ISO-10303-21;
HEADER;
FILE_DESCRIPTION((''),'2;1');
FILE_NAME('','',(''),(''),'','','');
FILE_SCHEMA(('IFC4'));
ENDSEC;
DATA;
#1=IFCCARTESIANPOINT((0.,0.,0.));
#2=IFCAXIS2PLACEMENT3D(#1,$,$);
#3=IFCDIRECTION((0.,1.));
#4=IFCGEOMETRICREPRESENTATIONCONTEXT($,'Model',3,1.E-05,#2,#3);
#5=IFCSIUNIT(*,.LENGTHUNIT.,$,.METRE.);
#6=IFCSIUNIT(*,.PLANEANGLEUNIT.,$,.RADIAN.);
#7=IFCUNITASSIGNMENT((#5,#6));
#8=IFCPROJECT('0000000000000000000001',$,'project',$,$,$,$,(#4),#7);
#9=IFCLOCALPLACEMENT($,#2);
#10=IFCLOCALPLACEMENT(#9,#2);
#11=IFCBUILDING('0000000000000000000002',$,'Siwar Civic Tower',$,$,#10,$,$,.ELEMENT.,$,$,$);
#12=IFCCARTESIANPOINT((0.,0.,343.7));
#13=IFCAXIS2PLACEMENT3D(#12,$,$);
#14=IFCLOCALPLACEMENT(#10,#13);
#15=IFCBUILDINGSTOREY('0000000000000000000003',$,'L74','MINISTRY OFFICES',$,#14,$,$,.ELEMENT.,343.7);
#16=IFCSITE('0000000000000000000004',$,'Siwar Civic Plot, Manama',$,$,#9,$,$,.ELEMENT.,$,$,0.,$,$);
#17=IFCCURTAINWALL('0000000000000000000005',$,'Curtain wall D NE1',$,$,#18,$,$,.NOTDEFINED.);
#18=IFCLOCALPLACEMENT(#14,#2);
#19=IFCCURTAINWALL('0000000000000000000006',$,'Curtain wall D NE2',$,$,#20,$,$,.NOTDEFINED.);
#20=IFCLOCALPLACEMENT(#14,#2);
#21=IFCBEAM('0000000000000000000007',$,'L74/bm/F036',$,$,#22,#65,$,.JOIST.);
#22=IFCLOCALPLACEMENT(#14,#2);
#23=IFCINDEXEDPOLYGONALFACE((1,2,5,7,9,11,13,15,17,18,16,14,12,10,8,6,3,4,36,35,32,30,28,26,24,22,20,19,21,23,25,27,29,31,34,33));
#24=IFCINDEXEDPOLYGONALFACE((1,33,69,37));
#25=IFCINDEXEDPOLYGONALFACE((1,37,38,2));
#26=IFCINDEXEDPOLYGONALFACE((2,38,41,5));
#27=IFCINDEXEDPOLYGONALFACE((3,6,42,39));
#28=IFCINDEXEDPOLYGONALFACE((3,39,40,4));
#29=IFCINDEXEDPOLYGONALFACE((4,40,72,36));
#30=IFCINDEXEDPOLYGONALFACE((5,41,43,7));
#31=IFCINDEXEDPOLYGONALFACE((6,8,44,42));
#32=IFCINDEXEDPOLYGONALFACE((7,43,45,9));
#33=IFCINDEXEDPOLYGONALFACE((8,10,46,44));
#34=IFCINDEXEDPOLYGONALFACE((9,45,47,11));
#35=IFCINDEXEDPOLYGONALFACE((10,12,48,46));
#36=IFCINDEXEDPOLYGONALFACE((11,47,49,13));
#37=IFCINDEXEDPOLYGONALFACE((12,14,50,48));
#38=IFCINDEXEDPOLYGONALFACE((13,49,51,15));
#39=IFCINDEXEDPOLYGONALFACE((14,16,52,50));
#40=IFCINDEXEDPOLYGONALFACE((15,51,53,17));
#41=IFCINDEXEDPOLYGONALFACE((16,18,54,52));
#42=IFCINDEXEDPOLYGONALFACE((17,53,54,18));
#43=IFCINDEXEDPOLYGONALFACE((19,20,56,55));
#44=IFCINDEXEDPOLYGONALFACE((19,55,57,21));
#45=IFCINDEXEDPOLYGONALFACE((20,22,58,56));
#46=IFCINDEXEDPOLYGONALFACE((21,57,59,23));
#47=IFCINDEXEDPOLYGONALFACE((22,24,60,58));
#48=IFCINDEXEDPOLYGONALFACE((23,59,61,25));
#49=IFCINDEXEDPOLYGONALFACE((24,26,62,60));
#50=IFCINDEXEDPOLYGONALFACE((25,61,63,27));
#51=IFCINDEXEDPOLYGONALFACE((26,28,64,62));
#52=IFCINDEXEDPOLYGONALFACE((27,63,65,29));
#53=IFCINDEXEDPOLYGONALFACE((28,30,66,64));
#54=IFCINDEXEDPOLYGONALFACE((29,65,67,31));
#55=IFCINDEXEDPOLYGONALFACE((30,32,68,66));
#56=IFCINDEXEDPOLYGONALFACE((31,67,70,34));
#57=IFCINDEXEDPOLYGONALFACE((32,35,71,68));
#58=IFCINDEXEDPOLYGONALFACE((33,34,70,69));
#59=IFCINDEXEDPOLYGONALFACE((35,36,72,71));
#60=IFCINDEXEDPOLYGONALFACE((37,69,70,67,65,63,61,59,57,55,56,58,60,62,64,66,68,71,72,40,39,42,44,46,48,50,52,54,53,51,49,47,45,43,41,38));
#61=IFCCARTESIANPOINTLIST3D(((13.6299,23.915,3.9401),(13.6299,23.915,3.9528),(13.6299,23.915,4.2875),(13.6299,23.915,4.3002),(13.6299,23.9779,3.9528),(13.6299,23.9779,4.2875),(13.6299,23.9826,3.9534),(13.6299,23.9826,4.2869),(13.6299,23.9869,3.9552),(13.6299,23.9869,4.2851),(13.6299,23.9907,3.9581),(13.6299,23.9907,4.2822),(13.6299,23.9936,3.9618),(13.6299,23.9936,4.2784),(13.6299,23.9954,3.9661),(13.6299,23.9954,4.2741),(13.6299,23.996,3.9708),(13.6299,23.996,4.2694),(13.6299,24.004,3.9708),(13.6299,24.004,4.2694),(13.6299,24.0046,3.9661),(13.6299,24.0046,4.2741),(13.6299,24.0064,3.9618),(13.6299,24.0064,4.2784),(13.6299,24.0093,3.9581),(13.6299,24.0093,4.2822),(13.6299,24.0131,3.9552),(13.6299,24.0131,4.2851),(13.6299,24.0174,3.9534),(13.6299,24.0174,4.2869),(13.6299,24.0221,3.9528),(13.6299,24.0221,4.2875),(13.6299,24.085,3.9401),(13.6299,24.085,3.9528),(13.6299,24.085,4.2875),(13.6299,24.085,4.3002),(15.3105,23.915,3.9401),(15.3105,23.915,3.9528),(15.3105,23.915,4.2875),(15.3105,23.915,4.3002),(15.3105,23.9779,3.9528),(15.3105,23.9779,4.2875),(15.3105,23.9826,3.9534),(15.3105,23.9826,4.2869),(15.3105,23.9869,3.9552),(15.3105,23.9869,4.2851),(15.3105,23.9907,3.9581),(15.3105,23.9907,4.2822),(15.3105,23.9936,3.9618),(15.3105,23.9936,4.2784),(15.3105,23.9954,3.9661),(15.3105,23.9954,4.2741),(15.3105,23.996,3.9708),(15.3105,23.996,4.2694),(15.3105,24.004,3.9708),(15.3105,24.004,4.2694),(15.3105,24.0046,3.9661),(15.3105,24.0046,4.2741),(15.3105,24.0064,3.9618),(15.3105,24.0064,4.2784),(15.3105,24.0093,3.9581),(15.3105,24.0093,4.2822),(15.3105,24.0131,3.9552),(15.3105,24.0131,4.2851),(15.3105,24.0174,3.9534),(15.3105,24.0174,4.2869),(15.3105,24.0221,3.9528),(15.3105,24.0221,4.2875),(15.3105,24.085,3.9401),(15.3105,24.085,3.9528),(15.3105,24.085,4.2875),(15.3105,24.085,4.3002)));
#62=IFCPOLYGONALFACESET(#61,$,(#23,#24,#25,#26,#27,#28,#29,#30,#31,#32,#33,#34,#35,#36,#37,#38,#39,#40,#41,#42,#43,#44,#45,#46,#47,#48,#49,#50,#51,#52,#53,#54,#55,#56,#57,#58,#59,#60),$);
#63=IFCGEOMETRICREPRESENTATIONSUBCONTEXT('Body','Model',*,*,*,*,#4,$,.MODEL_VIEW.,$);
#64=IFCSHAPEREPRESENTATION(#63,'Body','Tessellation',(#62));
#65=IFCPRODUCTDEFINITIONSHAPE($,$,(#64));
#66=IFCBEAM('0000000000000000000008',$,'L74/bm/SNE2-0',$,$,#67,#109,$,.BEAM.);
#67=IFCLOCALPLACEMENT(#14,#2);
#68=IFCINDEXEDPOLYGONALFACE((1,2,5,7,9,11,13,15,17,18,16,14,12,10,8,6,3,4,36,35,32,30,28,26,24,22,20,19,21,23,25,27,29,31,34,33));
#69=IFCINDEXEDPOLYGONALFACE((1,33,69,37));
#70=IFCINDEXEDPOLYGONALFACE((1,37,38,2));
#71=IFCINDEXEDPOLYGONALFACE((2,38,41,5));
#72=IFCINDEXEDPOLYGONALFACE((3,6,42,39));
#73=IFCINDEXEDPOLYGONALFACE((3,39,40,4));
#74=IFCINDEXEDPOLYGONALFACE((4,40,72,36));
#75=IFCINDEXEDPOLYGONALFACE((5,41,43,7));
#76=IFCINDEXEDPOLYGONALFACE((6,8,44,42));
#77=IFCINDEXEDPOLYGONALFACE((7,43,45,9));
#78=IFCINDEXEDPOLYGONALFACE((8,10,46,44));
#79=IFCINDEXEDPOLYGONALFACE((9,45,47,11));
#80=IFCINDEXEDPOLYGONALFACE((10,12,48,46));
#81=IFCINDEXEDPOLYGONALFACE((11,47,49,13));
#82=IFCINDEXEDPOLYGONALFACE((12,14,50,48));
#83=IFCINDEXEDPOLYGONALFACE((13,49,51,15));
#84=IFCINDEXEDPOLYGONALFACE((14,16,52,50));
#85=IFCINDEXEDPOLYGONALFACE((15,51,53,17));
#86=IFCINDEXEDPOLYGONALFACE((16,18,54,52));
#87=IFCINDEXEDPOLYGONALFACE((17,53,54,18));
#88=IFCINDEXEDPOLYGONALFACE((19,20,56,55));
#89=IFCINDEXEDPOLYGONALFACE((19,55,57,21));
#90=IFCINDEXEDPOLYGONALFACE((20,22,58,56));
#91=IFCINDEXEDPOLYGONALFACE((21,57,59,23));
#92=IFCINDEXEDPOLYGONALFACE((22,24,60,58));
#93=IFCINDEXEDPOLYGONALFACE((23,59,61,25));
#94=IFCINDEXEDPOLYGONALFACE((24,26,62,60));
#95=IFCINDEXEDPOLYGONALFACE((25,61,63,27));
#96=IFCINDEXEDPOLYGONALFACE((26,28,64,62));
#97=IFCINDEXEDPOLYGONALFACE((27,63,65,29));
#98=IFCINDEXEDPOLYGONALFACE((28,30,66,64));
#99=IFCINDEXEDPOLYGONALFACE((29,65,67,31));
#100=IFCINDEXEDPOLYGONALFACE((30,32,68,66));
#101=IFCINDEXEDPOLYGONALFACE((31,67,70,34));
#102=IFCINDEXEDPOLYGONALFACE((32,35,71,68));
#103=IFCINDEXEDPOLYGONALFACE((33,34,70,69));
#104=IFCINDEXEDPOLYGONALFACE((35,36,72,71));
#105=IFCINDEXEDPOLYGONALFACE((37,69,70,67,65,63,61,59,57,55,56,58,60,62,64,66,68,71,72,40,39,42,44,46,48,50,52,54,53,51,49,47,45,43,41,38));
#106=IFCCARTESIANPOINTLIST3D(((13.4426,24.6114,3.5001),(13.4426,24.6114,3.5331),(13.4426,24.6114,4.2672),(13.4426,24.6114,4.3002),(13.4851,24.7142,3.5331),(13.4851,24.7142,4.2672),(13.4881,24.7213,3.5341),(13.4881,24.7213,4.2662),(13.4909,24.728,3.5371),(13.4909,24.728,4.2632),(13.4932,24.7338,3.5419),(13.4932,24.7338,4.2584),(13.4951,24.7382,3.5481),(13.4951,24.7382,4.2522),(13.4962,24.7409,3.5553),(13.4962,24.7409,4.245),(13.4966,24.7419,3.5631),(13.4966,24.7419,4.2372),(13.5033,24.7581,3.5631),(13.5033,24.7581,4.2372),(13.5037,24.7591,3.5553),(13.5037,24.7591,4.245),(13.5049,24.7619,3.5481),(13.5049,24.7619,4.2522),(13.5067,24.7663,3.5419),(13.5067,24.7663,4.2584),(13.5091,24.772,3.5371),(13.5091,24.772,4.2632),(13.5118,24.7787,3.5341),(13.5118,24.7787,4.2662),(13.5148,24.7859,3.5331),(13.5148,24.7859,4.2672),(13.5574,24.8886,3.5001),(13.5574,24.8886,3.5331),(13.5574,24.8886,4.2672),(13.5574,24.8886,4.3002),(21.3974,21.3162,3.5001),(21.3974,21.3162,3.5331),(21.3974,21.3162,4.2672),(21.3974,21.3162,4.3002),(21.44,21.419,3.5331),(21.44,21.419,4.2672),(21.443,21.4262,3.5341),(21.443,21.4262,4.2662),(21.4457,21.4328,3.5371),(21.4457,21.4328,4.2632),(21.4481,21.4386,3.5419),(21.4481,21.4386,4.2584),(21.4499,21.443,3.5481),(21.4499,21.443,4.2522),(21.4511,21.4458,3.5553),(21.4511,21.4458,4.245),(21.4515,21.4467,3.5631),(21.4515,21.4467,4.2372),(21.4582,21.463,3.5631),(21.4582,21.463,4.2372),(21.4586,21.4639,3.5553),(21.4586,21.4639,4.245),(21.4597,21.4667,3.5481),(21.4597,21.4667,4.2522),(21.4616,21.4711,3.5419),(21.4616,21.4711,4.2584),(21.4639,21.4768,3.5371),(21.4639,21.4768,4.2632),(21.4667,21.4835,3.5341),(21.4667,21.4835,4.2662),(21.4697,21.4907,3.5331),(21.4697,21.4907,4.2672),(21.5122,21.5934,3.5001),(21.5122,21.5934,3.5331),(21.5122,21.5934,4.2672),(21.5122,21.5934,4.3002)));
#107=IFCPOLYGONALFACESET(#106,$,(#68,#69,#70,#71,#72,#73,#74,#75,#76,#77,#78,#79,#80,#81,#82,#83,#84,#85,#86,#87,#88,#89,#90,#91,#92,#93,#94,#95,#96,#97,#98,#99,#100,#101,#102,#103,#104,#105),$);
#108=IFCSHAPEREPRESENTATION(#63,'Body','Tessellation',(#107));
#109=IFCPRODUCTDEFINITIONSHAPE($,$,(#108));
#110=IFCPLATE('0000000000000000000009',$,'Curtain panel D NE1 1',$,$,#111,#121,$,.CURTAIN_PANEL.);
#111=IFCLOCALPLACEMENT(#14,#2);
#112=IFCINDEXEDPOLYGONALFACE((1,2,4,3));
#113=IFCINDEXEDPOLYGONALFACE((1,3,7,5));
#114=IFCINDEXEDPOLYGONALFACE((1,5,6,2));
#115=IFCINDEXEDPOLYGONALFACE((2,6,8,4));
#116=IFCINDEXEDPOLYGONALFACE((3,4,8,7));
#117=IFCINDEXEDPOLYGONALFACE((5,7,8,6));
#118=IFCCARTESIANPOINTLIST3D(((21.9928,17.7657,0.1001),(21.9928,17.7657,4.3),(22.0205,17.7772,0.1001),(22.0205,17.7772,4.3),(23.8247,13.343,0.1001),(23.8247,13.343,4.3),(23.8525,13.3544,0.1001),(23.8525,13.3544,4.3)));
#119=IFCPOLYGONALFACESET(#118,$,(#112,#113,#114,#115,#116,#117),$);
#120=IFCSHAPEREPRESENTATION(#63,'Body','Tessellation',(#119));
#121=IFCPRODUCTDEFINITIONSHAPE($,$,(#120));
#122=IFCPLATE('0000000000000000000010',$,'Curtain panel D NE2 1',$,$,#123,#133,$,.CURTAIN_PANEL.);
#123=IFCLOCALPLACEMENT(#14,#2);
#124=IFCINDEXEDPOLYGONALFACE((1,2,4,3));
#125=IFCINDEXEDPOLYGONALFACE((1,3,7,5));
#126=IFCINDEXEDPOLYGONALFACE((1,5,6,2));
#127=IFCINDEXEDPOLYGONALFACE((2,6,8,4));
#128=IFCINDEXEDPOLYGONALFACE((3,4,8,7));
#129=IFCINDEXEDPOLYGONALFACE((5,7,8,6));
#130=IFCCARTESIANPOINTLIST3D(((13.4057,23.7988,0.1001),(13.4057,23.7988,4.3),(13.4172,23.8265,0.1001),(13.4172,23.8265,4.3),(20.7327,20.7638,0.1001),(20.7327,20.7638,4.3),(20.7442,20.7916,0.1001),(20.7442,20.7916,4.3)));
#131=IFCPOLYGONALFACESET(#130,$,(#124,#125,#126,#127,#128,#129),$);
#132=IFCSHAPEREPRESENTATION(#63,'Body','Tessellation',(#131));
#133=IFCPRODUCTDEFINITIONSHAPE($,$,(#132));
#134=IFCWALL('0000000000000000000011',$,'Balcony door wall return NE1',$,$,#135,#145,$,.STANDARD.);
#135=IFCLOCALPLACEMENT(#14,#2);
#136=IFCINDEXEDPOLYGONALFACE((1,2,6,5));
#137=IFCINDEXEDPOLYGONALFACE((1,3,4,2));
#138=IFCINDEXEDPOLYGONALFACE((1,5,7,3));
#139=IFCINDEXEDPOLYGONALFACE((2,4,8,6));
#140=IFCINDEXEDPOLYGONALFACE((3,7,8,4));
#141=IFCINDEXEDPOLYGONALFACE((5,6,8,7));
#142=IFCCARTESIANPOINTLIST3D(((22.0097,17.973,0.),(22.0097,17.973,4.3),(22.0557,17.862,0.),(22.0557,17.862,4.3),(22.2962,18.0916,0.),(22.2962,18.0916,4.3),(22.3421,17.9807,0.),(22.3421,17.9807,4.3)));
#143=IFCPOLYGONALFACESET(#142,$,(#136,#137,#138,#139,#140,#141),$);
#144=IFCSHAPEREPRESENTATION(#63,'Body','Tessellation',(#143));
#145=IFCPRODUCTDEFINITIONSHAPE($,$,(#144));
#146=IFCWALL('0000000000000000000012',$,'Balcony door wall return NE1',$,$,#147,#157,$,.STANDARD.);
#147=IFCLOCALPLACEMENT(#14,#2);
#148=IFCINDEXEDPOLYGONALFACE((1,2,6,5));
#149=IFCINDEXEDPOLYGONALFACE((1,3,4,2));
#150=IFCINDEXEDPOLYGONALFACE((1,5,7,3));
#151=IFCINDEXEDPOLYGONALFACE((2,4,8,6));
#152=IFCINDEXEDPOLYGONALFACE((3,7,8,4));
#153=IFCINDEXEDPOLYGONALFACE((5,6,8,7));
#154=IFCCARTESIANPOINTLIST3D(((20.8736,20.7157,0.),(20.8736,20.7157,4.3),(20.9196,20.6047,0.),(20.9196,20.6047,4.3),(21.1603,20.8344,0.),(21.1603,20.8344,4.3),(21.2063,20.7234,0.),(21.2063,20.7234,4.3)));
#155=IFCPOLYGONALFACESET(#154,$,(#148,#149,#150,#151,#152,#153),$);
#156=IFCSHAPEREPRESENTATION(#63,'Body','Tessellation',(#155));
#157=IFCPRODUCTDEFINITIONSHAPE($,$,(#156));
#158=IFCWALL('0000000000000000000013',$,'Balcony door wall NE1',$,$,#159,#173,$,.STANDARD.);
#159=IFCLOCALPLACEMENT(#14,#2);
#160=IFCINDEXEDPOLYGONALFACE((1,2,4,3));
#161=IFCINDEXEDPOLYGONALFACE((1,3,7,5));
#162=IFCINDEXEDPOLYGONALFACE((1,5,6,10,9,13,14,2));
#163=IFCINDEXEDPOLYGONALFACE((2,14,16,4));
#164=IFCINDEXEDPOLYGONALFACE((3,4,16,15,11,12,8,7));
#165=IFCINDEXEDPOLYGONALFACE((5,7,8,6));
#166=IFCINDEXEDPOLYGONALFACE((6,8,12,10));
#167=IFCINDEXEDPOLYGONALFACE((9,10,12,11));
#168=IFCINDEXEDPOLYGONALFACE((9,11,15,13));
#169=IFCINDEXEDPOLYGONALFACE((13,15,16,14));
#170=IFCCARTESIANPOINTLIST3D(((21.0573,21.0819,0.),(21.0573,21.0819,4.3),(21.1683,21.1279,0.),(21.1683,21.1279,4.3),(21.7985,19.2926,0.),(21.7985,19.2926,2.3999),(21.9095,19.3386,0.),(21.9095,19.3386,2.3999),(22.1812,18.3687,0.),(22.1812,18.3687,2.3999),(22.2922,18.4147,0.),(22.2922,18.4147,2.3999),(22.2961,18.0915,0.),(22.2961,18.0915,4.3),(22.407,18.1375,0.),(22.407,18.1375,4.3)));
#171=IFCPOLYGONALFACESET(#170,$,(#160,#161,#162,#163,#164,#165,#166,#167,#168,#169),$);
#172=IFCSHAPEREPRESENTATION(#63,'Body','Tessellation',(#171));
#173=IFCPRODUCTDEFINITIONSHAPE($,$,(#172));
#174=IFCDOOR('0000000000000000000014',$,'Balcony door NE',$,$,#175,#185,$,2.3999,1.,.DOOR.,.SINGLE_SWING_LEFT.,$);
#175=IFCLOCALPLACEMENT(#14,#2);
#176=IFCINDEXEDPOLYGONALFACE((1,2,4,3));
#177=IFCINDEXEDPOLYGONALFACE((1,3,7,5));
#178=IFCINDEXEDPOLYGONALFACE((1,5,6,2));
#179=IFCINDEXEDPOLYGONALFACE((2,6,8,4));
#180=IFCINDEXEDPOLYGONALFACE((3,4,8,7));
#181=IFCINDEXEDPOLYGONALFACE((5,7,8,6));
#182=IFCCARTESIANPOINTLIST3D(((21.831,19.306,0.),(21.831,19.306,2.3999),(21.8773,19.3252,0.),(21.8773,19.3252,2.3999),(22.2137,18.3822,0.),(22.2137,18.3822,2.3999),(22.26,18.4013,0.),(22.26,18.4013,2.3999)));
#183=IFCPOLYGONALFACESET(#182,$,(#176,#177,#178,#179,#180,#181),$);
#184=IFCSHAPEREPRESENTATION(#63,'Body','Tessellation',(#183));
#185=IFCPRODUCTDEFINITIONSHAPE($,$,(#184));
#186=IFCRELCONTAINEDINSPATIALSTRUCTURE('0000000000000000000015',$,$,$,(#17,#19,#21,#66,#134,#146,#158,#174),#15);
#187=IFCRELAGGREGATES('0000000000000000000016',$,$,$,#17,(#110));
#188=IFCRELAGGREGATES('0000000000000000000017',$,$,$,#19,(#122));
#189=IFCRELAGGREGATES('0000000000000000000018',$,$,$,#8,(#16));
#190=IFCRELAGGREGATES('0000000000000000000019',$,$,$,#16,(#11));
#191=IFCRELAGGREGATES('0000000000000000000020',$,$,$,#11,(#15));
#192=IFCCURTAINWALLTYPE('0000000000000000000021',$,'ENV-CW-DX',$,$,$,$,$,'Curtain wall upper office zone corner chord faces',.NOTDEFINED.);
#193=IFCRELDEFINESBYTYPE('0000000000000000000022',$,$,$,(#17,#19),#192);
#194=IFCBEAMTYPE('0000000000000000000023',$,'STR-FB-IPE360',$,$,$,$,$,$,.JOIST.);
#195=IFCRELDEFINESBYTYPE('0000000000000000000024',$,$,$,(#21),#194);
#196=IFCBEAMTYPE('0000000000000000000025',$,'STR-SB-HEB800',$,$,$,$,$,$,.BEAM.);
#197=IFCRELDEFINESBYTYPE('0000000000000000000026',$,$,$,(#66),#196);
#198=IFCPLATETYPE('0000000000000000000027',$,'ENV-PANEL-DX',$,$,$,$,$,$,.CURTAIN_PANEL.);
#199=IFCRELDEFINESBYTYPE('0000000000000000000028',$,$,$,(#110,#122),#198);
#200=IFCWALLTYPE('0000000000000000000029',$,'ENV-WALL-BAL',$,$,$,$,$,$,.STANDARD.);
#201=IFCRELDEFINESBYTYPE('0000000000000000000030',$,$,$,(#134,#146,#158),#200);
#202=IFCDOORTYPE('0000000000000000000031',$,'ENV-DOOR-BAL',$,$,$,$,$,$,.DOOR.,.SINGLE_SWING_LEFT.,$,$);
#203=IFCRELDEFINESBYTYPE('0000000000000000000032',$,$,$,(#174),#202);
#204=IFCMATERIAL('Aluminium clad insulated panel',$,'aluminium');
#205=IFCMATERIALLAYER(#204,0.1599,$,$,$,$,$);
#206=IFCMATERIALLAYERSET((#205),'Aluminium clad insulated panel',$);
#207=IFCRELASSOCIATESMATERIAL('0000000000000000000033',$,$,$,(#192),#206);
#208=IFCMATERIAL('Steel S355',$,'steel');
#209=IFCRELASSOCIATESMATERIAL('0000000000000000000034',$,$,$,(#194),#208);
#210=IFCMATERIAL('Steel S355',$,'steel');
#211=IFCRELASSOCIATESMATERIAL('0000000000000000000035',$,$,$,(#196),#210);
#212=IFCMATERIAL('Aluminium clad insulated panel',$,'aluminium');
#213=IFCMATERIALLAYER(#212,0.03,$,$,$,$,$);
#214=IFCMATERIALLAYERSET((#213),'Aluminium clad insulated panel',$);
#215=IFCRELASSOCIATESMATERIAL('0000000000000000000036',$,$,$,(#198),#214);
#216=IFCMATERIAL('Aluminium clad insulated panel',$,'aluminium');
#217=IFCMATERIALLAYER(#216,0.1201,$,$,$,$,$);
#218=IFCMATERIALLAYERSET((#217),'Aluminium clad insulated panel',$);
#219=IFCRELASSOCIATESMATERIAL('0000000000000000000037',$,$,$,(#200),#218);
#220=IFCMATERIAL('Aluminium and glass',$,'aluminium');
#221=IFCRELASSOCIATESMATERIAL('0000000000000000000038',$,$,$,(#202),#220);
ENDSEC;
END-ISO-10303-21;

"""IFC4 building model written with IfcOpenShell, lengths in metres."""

from ifc_helpers import new_model, si_unit, direction, frame, frame_2d, origin, origin_2d, place, context, subcontext, project, spatial, rectangle, i_section, extrude, material, layer, layer_set, material_profile, profile_set, type_object, element, fill, aggregate, save


model = new_model("IFC4")

# Units and contexts
model_context = context("Model", 3, precision=1e-05, world=origin(), true_north=direction((0.0, 1.0)))
body_context = subcontext(model_context, "Body", "Model", "MODEL_VIEW")
ifc_project = project(units=[si_unit("LENGTHUNIT", "METRE"), si_unit("PLANEANGLEUNIT", "RADIAN")], contexts=[model_context])

# Site, building, storey
site_placement = place(None, origin())
site = spatial("IfcSite", under=ifc_project, at=site_placement, Name="Siwar Civic Plot, Manama", CompositionType="ELEMENT", RefElevation=0.0)
building_placement = place(site_placement, origin())
building = spatial("IfcBuilding", under=site, at=building_placement, Name="Siwar Civic Tower", CompositionType="ELEMENT")
storey_placement = place(building_placement, frame((0.0, 0.0, 343.7)))
storey = spatial("IfcBuildingStorey", under=building, at=storey_placement, Name="L74", Description="MINISTRY OFFICES", CompositionType="ELEMENT", Elevation=343.7)

# Curtain wall
ifc_material_1 = material(Name="Aluminium clad insulated panel", Category="aluminium")
ifc_layer_1 = layer(ifc_material_1, 0.1599)
ifc_layer_set_1 = layer_set([ifc_layer_1], Name="Aluminium clad insulated panel")
curtain_wall_type = type_object("IfcCurtainWallType", Name="ENV-CW-DX", ElementType="Curtain wall upper office zone corner chord faces", PredefinedType="NOTDEFINED", material=ifc_layer_set_1)
curtain_wall_1_placement = place(storey_placement, origin())
curtain_wall_1 = element("IfcCurtainWall", 1, at=curtain_wall_1_placement, inside=storey, type_object=curtain_wall_type, Name="Curtain wall D NE1", PredefinedType="NOTDEFINED")

# Curtain wall
curtain_wall_2_placement = place(storey_placement, origin())
curtain_wall_2 = element("IfcCurtainWall", 2, at=curtain_wall_2_placement, inside=storey, type_object=curtain_wall_type, Name="Curtain wall D NE2", PredefinedType="NOTDEFINED")

# Beams
ifc_material_2 = material(Name="Steel S355", Category="steel")
ifc_material_profile_1 = material_profile(ifc_material_2, i_section(OverallWidth=0.1699, OverallDepth=0.3601, WebThickness=0.0081, FlangeThickness=0.0127, FilletRadius=0.0181, at=origin_2d()), Name="IPE360")
ifc_profile_set_1 = profile_set([ifc_material_profile_1], Name="Steel S355")
beam_type_1 = type_object("IfcBeamType", Name="STR-FB-IPE360", PredefinedType="JOIST", material=ifc_profile_set_1)
beam_1_placement = place(storey_placement, frame((13.6299, 24.0, 4.1201), z_axis=(1.0, 0.0, 0.0), x_axis=(0.0, 1.0, 0.0)))
element("IfcBeam", 3, at=beam_1_placement, inside=storey, type_object=beam_type_1, Name="L74/bm/F036", PredefinedType="JOIST", context=body_context, shape_type="SweptSolid", body=[
    extrude(i_section(OverallWidth=0.1699, OverallDepth=0.3601, WebThickness=0.0081, FlangeThickness=0.0127, FilletRadius=0.0181, at=origin_2d()), origin(), (0.0, 0.0, 1.0), 1.6807),
])
ifc_material_3 = material(Name="Steel S355", Category="steel")
ifc_material_profile_2 = material_profile(ifc_material_3, i_section(OverallWidth=0.3, OverallDepth=0.8, WebThickness=0.0176, FlangeThickness=0.033, FilletRadius=0.03, at=origin_2d()), Name="HEB800")
ifc_profile_set_2 = profile_set([ifc_material_profile_2], Name="Steel S355")
beam_type_2 = type_object("IfcBeamType", Name="STR-SB-HEB800", PredefinedType="BEAM", material=ifc_profile_set_2)
beam_2_placement = place(storey_placement, frame((21.4548, 21.4548, 3.9001), z_axis=(-0.923873, 0.3827, 0.0), x_axis=(-0.3827, -0.923873, 0.0)))
element("IfcBeam", 4, at=beam_2_placement, inside=storey, type_object=beam_type_2, Name="L74/bm/SNE2-0", PredefinedType="BEAM", context=body_context, shape_type="SweptSolid", body=[
    extrude(i_section(OverallWidth=0.3, OverallDepth=0.8, WebThickness=0.0176, FlangeThickness=0.033, FilletRadius=0.03, at=origin_2d()), origin(), (0.0, 0.0, 1.0), 8.6104),
])

# Plates
ifc_material_4 = material(Name="Aluminium clad insulated panel", Category="aluminium")
ifc_layer_2 = layer(ifc_material_4, 0.03)
ifc_layer_set_2 = layer_set([ifc_layer_2], Name="Aluminium clad insulated panel")
plate_type = type_object("IfcPlateType", Name="ENV-PANEL-DX", PredefinedType="CURTAIN_PANEL", material=ifc_layer_set_2)
plate_1_placement = place(storey_placement, frame((22.9226, 15.5601, 0.1001), z_axis=(0.0, 0.0, 1.0), x_axis=(-0.382683, 0.92388, 0.0)))
plate_1 = element("IfcPlate", 5, at=plate_1_placement, type_object=plate_type, Name="Curtain panel D NE1 1", PredefinedType="CURTAIN_PANEL", context=body_context, shape_type="SweptSolid", body=[
    extrude(rectangle(XDim=4.7871, YDim=0.03, at=origin_2d()), origin(), (0.0, 0.0, 1.0), 4.2),
])
aggregate(curtain_wall_1, [plate_1])
plate_2_placement = place(storey_placement, frame((17.075, 22.2952, 0.1001), z_axis=(0.0, 0.0, 1.0), x_axis=(-0.92388, 0.382683, 0.0)))
plate_2 = element("IfcPlate", 6, at=plate_2_placement, type_object=plate_type, Name="Curtain panel D NE2 1", PredefinedType="CURTAIN_PANEL", context=body_context, shape_type="SweptSolid", body=[
    extrude(rectangle(XDim=7.9307, YDim=0.03, at=origin_2d()), origin(), (0.0, 0.0, 1.0), 4.2),
])
aggregate(curtain_wall_2, [plate_2])

# Walls
ifc_material_5 = material(Name="Aluminium clad insulated panel", Category="aluminium")
ifc_layer_3 = layer(ifc_material_5, 0.1201)
ifc_layer_set_3 = layer_set([ifc_layer_3], Name="Aluminium clad insulated panel")
wall_type = type_object("IfcWallType", Name="ENV-WALL-BAL", PredefinedType="STANDARD", material=ifc_layer_set_3)
wall_1_placement = place(storey_placement, frame((22.0327, 17.9175, 0.0), z_axis=(0.0, 0.0, 1.0), x_axis=(0.923844, 0.382769, 0.0)))
element("IfcWall", 7, at=wall_1_placement, inside=storey, type_object=wall_type, Name="Balcony door wall return NE1", PredefinedType="STANDARD", context=body_context, shape_type="SweptSolid", body=[
    extrude(rectangle(XDim=0.3101, YDim=0.1201, at=frame_2d((0.155, 0.0))), origin(), (0.0, 0.0, 1.0), 4.3),
])
wall_2_placement = place(storey_placement, frame((20.8965, 20.6602, 0.0), z_axis=(0.0, 0.0, 1.0), x_axis=(0.923959, 0.382491, 0.0)))
element("IfcWall", 8, at=wall_2_placement, inside=storey, type_object=wall_type, Name="Balcony door wall return NE1", PredefinedType="STANDARD", context=body_context, shape_type="SweptSolid", body=[
    extrude(rectangle(XDim=0.3103, YDim=0.1201, at=frame_2d((0.1553, 0.0))), origin(), (0.0, 0.0, 1.0), 4.3),
])

# Wall, opening, door
wall_3_placement = place(storey_placement, frame((22.3516, 18.1145, 0.0), z_axis=(0.0, 0.0, 1.0), x_axis=(-0.382703, 0.923872, 0.0)))
wall_3 = element("IfcWall", 9, at=wall_3_placement, inside=storey, type_object=wall_type, Name="Balcony door wall NE1", PredefinedType="STANDARD", context=body_context, shape_type="SweptSolid", body=[
    extrude(rectangle(XDim=3.2368, YDim=0.1201, at=frame_2d((1.6184, 0.0))), origin(), (0.0, 0.0, 1.0), 4.3),
])
opening_placement = place(wall_3_placement, frame((0.3, 0.0, 0.0)))
opening = element("IfcOpeningElement", 10, at=opening_placement, cuts=wall_3, PredefinedType="OPENING", context=body_context, shape_type="SweptSolid", body=[
    extrude(rectangle(XDim=1.0, YDim=2.3999, at=frame_2d((0.5, 1.2))), frame((0.0, 0.0701, 0.0), z_axis=(0.0, -1.0, 0.0), x_axis=(1.0, 0.0, 0.0)), (0.0, 0.0, 1.0), 0.1401),
])
ifc_material_6 = material(Name="Aluminium and glass", Category="aluminium")
door_type = type_object("IfcDoorType", Name="ENV-DOOR-BAL", OperationType="SINGLE_SWING_LEFT", PredefinedType="DOOR", material=ifc_material_6)
door_placement = place(opening_placement, origin())
door = element("IfcDoor", 11, at=door_placement, inside=storey, type_object=door_type, Name="Balcony door NE", OperationType="SINGLE_SWING_LEFT", OverallHeight=2.3999, OverallWidth=1.0, PredefinedType="DOOR", context=body_context, shape_type="SweptSolid", body=[
    extrude(rectangle(XDim=1.0, YDim=2.3999, at=frame_2d((0.5, 1.2))), frame((0.0, 0.0249, 0.0), z_axis=(0.0, -1.0, 0.0), x_axis=(1.0, 0.0, 0.0)), (0.0, 0.0, 1.0), 0.05),
])
fill(opening, door)

save(model, "model.ifc")
